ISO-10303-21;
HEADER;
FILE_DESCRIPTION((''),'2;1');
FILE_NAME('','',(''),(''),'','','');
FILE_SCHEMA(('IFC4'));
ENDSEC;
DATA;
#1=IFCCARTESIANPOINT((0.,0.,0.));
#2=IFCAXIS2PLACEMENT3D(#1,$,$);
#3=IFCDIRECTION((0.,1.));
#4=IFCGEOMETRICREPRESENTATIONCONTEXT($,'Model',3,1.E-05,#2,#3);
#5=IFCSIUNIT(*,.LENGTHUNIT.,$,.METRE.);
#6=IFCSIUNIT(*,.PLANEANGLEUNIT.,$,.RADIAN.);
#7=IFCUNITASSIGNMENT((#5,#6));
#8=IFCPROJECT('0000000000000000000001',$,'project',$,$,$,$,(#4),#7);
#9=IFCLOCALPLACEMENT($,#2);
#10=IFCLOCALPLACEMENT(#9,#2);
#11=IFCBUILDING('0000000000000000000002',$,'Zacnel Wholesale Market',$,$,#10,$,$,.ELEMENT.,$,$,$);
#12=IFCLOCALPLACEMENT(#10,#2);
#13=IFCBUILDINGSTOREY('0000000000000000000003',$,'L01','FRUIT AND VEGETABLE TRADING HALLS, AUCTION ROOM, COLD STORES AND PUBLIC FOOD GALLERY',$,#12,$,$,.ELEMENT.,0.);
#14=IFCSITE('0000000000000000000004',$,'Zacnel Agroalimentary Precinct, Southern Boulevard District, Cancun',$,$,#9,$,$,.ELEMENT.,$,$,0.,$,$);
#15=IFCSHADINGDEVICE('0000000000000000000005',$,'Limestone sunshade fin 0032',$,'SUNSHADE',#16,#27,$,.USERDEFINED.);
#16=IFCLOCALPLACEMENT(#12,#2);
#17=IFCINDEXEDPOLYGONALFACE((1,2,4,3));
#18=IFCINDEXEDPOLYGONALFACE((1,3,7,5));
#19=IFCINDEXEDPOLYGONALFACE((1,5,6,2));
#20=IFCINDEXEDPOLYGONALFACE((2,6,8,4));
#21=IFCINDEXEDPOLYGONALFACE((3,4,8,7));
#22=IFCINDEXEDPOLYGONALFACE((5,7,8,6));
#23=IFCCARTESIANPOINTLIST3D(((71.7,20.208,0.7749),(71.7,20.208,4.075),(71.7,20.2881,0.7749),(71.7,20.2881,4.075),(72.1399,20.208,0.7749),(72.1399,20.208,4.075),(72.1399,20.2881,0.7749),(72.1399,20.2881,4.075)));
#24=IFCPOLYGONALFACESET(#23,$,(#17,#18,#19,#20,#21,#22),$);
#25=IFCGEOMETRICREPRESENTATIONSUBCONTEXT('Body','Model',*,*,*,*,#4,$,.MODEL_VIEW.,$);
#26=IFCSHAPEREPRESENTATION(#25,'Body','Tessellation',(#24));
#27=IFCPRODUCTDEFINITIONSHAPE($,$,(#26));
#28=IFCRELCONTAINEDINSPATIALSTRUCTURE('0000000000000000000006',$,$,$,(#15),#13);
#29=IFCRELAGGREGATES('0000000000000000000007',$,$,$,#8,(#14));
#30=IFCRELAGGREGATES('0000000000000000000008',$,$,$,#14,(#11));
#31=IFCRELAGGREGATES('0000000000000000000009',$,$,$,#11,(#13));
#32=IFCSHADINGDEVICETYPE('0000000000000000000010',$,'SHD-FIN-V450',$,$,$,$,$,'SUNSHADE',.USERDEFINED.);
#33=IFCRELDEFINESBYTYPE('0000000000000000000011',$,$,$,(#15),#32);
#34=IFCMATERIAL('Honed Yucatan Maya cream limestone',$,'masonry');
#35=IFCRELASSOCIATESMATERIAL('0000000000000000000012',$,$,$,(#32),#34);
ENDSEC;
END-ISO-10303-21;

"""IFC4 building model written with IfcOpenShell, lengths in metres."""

from ifc_helpers import new_model, si_unit, direction, frame, origin, origin_2d, place, context, subcontext, project, spatial, rectangle, extrude, material, type_object, element, save


model = new_model("IFC4")

# Units and contexts
model_context = context("Model", 3, precision=1e-05, world=origin(), true_north=direction((0.0, 1.0)))
body_context = subcontext(model_context, "Body", "Model", "MODEL_VIEW")
ifc_project = project(units=[si_unit("LENGTHUNIT", "METRE"), si_unit("PLANEANGLEUNIT", "RADIAN")], contexts=[model_context])

# Site, building, storey
site_placement = place(None, origin())
site = spatial("IfcSite", under=ifc_project, at=site_placement, Name="Zacnel Agroalimentary Precinct, Southern Boulevard District, Cancun", CompositionType="ELEMENT", RefElevation=0.0)
building_placement = place(site_placement, origin())
building = spatial("IfcBuilding", under=site, at=building_placement, Name="Zacnel Wholesale Market", CompositionType="ELEMENT")
storey_placement = place(building_placement, origin())
storey = spatial("IfcBuildingStorey", under=building, at=storey_placement, Name="L01", Description="FRUIT AND VEGETABLE TRADING HALLS, AUCTION ROOM, COLD STORES AND PUBLIC FOOD GALLERY", CompositionType="ELEMENT", Elevation=0.0)

# Shading device
ifc_material_1 = material(Name="Honed Yucatan Maya cream limestone", Category="masonry")
shading_device_type = type_object("IfcShadingDeviceType", Name="SHD-FIN-V450", ElementType="SUNSHADE", PredefinedType="USERDEFINED", material=ifc_material_1)
for number, where, z_axis, x_axis, name in (
    (1, (71.9199, 20.248, 0.7749), (0.0, 0.0, 1.0), (0.0, 1.0, 0.0), "Limestone sunshade fin 0032"),
):
    element("IfcShadingDevice", number, at=place(storey_placement, frame(where, z_axis=z_axis, x_axis=x_axis)), inside=storey, type_object=shading_device_type, Name=name, ObjectType="SUNSHADE", PredefinedType="USERDEFINED", context=body_context, shape_type="SweptSolid", body=[
        extrude(rectangle(XDim=0.0801, YDim=0.4399, at=origin_2d()), origin(), (0.0, 0.0, 1.0), 3.3),
    ])

save(model, "model.ifc")
